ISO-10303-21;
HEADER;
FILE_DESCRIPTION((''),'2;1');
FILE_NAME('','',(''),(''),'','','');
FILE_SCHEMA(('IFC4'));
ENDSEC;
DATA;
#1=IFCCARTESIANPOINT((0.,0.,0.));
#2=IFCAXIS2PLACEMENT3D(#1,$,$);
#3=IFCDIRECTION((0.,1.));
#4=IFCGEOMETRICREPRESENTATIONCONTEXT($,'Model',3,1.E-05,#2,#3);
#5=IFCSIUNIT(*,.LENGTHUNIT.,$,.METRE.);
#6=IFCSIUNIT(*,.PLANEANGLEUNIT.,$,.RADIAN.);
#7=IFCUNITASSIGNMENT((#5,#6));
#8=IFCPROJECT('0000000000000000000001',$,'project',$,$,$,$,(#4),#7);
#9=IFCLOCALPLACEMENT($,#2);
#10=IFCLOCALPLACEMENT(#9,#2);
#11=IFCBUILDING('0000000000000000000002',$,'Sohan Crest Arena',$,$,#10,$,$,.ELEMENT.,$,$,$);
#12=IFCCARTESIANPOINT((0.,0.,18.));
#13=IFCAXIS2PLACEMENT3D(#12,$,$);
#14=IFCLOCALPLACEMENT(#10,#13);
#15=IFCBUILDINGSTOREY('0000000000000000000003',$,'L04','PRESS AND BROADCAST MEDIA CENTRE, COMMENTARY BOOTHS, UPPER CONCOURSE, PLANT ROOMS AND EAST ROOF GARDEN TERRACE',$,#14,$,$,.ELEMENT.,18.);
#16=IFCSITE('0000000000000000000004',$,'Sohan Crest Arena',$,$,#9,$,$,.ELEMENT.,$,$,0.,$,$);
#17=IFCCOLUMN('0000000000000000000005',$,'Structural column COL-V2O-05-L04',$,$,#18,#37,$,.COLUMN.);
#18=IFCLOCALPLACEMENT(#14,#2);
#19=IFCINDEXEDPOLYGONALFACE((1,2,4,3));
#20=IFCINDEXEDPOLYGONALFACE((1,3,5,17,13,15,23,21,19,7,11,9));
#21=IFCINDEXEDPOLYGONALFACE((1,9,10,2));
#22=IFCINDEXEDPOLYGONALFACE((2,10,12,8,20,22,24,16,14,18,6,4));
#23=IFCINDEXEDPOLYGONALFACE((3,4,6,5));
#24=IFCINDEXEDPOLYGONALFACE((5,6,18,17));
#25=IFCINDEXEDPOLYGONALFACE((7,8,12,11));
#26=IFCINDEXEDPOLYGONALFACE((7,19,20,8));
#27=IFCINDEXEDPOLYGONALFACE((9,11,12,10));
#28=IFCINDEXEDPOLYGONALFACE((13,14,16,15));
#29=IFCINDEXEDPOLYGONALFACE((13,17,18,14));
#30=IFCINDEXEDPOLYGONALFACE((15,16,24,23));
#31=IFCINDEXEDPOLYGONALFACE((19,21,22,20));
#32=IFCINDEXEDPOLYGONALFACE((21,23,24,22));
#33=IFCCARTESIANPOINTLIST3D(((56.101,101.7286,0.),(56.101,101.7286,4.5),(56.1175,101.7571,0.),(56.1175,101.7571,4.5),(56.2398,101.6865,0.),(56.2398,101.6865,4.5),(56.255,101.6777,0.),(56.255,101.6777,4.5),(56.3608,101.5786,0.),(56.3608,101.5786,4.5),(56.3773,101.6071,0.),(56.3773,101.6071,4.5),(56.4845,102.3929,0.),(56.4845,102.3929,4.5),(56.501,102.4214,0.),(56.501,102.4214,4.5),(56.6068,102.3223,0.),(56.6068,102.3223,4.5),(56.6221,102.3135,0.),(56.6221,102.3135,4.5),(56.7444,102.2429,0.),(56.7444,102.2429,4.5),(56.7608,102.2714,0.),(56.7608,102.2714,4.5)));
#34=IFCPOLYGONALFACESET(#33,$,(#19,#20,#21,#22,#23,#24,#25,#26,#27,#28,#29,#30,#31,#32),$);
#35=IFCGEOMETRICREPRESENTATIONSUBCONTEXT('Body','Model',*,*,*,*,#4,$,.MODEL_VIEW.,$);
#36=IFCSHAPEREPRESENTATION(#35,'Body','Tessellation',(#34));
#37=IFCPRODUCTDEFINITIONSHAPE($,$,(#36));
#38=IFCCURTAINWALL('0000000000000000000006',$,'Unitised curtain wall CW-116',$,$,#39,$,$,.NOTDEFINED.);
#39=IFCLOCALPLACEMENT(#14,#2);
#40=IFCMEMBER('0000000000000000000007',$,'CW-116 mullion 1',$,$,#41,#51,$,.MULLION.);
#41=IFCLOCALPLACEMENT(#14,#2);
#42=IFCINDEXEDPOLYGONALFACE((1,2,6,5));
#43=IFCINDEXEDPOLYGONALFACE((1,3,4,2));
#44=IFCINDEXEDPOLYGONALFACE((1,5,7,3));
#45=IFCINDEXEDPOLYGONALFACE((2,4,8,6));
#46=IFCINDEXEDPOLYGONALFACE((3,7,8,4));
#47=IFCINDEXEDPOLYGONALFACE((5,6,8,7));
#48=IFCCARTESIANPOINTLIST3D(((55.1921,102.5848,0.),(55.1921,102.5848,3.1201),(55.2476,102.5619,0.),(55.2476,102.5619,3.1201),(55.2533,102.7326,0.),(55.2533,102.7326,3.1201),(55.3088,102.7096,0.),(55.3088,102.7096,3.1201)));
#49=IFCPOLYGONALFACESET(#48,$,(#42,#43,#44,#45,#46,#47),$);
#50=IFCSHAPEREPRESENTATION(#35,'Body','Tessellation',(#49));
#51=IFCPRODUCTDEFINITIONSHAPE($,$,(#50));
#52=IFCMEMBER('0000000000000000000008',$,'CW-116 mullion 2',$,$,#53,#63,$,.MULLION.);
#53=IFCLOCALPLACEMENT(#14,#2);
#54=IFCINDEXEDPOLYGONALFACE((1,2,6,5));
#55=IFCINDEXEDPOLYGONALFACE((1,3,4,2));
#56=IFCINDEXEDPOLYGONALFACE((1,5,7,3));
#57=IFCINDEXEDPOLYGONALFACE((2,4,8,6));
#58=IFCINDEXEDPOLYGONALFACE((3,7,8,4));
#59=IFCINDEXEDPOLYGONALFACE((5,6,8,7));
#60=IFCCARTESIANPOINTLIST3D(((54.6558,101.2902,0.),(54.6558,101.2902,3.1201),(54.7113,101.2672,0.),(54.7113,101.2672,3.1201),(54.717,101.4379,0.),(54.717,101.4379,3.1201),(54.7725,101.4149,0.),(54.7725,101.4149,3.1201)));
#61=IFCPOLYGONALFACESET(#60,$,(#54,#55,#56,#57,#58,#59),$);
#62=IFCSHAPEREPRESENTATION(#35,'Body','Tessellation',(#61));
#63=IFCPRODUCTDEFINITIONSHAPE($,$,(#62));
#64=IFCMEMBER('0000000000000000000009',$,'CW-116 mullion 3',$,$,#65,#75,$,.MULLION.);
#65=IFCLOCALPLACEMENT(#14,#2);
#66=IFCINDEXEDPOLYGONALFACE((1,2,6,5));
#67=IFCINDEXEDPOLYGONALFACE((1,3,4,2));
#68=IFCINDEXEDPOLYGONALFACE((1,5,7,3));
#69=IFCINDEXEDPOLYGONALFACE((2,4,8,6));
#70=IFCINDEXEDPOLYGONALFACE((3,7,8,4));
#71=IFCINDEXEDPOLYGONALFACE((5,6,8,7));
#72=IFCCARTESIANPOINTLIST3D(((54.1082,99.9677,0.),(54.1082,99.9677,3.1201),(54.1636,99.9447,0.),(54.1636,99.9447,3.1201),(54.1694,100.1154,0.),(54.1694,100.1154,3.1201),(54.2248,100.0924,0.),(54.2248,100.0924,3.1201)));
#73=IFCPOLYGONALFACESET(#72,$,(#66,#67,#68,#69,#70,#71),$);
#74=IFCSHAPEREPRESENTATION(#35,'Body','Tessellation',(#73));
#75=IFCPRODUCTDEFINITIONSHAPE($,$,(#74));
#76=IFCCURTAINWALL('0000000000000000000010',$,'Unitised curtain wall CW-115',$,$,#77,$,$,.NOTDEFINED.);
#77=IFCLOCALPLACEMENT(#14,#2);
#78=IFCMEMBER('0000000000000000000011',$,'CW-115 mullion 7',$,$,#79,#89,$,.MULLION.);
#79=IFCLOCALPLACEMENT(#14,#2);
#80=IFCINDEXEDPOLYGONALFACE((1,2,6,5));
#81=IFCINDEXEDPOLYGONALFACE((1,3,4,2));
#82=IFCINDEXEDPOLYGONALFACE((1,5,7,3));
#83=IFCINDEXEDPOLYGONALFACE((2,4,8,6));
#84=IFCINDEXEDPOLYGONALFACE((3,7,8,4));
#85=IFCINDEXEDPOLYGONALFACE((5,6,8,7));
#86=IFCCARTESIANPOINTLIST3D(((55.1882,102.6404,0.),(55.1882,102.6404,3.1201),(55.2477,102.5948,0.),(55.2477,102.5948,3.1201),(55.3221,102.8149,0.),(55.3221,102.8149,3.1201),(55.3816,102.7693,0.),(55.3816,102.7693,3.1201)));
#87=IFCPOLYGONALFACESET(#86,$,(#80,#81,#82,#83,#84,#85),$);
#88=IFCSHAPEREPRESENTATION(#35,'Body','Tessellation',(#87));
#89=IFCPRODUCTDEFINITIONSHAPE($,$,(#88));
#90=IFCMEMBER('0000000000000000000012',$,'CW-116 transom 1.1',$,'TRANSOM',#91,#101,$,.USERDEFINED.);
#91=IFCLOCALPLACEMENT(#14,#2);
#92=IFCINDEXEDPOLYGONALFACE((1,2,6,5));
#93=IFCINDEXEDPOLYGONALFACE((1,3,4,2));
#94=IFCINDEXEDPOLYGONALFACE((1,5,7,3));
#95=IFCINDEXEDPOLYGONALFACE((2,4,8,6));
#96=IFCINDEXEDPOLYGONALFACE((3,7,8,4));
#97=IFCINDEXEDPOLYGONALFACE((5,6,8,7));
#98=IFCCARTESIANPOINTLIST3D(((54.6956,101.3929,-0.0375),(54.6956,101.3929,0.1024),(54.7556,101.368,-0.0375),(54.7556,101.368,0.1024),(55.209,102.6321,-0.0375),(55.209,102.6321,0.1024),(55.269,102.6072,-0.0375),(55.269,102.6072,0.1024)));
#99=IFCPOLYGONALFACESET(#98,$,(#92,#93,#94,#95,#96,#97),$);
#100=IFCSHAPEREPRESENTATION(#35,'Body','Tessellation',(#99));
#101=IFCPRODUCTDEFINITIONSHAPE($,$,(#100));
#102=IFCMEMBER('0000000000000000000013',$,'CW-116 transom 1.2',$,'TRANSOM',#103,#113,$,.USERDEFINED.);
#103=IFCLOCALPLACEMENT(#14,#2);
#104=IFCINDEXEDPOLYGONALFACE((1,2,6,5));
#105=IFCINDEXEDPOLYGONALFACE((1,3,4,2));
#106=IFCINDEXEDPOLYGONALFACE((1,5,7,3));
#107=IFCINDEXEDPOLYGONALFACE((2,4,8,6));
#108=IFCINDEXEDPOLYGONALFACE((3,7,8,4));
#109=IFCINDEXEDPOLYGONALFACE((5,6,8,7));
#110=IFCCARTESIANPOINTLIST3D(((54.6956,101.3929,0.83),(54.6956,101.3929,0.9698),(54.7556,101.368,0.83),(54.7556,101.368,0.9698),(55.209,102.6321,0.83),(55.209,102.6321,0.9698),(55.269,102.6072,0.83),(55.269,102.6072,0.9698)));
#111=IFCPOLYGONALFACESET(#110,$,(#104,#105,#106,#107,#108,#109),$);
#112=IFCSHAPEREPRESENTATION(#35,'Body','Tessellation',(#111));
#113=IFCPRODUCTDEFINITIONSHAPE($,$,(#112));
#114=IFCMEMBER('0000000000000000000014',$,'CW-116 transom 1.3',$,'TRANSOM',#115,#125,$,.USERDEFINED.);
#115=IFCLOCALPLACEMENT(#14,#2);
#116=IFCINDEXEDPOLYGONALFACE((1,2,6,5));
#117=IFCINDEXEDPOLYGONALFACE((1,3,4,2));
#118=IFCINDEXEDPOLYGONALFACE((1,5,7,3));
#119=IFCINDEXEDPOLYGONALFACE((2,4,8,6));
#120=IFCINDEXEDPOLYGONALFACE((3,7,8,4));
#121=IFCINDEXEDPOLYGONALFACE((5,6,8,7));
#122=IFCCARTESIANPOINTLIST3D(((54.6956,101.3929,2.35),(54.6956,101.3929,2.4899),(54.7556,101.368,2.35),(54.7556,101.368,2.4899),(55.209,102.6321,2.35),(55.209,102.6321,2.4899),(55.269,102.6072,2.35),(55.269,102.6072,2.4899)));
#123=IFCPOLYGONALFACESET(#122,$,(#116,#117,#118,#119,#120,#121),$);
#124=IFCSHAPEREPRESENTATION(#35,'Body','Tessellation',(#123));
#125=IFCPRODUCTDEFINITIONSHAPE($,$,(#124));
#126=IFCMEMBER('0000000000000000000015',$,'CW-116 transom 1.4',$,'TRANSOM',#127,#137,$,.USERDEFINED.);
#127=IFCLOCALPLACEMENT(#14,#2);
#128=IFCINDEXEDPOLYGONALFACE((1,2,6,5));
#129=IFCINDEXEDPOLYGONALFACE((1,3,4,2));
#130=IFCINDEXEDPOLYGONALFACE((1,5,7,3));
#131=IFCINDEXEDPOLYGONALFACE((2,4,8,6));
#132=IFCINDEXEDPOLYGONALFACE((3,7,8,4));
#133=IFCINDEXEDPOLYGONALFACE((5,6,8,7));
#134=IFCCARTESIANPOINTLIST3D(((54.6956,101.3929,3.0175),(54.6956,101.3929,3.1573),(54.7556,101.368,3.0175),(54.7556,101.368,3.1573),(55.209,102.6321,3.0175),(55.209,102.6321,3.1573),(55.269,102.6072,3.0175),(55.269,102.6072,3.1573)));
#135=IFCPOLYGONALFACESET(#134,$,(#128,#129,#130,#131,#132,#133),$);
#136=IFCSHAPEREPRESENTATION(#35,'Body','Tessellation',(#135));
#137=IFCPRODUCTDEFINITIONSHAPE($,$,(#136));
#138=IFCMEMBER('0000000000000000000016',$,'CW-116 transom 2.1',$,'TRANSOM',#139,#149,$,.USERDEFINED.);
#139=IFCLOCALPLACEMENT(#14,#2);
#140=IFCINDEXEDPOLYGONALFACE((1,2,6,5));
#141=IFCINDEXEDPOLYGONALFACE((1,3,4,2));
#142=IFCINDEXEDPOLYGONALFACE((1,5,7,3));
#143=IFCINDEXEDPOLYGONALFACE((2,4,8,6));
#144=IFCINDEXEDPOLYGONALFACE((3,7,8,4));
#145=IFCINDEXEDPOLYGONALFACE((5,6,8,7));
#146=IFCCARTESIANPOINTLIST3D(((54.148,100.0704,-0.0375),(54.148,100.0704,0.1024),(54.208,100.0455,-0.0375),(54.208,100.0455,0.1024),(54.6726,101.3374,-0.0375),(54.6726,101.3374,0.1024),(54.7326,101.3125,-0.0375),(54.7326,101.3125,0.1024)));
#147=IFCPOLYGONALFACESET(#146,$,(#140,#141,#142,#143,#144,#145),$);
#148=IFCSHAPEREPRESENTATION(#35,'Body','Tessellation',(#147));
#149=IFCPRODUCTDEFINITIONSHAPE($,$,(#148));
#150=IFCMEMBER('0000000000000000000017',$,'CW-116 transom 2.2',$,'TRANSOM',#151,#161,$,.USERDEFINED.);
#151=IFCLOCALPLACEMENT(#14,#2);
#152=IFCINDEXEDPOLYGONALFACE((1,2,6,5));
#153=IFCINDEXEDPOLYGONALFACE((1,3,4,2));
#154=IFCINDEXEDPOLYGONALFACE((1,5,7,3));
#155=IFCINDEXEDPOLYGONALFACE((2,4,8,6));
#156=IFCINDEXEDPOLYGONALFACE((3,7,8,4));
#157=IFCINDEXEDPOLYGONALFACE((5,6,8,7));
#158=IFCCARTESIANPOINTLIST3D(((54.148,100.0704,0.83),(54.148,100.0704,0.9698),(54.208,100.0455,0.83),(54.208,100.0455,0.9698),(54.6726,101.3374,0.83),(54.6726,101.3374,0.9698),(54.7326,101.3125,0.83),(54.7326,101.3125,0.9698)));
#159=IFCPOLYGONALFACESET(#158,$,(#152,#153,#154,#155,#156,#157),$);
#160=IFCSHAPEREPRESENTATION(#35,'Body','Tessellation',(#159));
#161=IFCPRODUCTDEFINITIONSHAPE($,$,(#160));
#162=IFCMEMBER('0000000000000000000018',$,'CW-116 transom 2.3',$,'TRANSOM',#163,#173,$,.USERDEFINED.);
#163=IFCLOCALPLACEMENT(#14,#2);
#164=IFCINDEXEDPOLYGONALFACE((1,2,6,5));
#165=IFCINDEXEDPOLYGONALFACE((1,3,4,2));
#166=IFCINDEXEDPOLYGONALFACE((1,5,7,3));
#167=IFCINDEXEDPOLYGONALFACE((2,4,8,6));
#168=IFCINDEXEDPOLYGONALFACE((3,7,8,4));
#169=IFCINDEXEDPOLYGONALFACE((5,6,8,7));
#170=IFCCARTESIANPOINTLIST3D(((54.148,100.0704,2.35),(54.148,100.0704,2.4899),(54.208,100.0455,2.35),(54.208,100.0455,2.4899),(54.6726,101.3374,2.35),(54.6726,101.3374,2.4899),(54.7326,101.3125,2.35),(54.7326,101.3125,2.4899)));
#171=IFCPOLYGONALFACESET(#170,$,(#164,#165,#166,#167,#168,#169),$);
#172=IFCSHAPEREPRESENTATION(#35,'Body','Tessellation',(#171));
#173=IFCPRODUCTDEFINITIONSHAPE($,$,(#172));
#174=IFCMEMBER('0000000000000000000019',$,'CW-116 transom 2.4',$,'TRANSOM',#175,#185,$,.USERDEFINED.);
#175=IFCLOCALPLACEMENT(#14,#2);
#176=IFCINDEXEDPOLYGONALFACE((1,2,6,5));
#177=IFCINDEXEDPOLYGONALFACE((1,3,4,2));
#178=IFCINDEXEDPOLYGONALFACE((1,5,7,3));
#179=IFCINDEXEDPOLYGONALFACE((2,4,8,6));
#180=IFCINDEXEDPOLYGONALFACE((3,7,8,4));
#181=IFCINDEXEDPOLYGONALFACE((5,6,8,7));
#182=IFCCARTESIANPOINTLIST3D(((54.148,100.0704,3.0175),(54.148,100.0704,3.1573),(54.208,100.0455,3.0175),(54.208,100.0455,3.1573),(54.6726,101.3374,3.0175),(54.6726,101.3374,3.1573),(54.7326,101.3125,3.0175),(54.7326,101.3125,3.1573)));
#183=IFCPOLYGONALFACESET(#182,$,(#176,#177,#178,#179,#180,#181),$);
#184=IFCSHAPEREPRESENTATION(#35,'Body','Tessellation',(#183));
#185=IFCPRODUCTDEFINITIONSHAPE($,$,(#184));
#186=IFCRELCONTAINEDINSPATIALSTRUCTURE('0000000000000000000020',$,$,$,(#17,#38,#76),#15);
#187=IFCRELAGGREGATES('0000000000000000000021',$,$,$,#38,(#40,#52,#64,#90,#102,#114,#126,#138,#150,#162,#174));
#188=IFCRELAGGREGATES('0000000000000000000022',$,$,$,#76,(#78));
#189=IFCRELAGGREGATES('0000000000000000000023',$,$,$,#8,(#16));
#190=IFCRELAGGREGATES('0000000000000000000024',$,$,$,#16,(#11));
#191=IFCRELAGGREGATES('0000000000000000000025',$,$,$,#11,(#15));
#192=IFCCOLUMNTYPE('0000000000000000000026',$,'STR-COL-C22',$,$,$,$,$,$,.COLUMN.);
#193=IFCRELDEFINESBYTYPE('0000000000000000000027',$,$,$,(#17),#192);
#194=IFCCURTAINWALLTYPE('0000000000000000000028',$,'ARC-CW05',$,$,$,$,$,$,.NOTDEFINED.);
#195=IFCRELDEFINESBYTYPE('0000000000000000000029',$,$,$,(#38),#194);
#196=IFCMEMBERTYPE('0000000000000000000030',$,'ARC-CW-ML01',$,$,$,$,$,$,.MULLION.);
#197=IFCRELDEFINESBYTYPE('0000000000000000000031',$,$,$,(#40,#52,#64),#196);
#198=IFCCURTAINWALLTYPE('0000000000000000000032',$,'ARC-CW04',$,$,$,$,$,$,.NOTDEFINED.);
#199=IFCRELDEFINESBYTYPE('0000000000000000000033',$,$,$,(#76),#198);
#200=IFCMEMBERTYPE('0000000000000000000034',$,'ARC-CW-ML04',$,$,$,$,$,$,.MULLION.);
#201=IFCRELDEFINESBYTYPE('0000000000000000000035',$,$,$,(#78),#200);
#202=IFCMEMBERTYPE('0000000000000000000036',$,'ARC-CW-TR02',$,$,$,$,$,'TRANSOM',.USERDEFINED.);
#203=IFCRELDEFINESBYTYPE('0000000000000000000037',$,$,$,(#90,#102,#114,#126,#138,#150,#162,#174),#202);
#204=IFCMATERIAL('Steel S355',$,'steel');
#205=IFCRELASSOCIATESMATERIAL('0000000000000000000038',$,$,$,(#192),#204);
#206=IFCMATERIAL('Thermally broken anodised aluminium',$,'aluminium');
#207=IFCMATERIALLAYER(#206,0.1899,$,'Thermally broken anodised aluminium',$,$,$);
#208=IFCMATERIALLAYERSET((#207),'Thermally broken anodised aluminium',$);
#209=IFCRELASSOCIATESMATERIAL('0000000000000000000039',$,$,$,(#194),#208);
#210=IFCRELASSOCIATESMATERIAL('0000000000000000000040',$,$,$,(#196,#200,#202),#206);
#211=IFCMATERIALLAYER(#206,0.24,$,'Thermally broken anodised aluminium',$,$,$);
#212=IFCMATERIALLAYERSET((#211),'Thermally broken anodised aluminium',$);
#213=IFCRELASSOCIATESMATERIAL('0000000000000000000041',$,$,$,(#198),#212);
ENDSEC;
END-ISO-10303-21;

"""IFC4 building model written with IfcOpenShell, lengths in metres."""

from ifc_helpers import new_model, si_unit, direction, frame, origin, origin_2d, place, context, subcontext, project, spatial, rectangle, i_section, extrude, material, layer, layer_set, material_profile, profile_set, type_object, element, aggregate, save


model = new_model("IFC4")

# Units and contexts
model_context = context("Model", 3, precision=1e-05, world=origin(), true_north=direction((0.0, 1.0)))
body_context = subcontext(model_context, "Body", "Model", "MODEL_VIEW")
ifc_project = project(units=[si_unit("LENGTHUNIT", "METRE"), si_unit("PLANEANGLEUNIT", "RADIAN")], contexts=[model_context])

# Site, building, storey
site_placement = place(None, origin())
site = spatial("IfcSite", under=ifc_project, at=site_placement, Name="Sohan Crest Arena", CompositionType="ELEMENT", RefElevation=0.0)
building_placement = place(site_placement, origin())
building = spatial("IfcBuilding", under=site, at=building_placement, Name="Sohan Crest Arena", CompositionType="ELEMENT")
storey_placement = place(building_placement, frame((0.0, 0.0, 18.0)))
storey = spatial("IfcBuildingStorey", under=building, at=storey_placement, Name="L04", Description="PRESS AND BROADCAST MEDIA CENTRE, COMMENTARY BOOTHS, UPPER CONCOURSE, PLANT ROOMS AND EAST ROOF GARDEN TERRACE", CompositionType="ELEMENT", Elevation=18.0)

# Column
ifc_material_1 = material(Name="Steel S355", Category="steel")
ifc_material_profile_1 = material_profile(ifc_material_1, i_section(OverallWidth=0.3, OverallDepth=0.8, WebThickness=0.0176, FlangeThickness=0.033, at=origin_2d()), Name="HEB 800")
ifc_profile_set_1 = profile_set([ifc_material_profile_1], Name="Steel S355")
column_type = type_object("IfcColumnType", Name="STR-COL-C22", PredefinedType="COLUMN", material=ifc_profile_set_1)
column_placement = place(storey_placement, frame((56.4309, 102.0, 0.0), z_axis=(0.0, 0.0, 1.0), x_axis=(-0.866025, 0.5, 0.0)))
element("IfcColumn", 1, at=column_placement, inside=storey, type_object=column_type, Name="Structural column COL-V2O-05-L04", PredefinedType="COLUMN", context=body_context, shape_type="SweptSolid", body=[
    extrude(i_section(OverallWidth=0.3, OverallDepth=0.8, WebThickness=0.0176, FlangeThickness=0.033, at=origin_2d()), origin(), (0.0, 0.0, 1.0), 4.5),
])

# Curtain wall, members
ifc_material_2 = material(Name="Thermally broken anodised aluminium", Category="aluminium")
ifc_layer_1 = layer(ifc_material_2, 0.1899, Name="Thermally broken anodised aluminium")
ifc_layer_set_1 = layer_set([ifc_layer_1], Name="Thermally broken anodised aluminium")
curtain_wall_type_1 = type_object("IfcCurtainWallType", Name="ARC-CW05", PredefinedType="NOTDEFINED", material=ifc_layer_set_1)
curtain_wall_1_placement = place(storey_placement, origin())
curtain_wall_1 = element("IfcCurtainWall", 2, at=curtain_wall_1_placement, inside=storey, type_object=curtain_wall_type_1, Name="Unitised curtain wall CW-116", PredefinedType="NOTDEFINED")
ifc_material_profile_2 = material_profile(ifc_material_2, rectangle(XDim=0.0601, YDim=0.1599, at=origin_2d()), Name="ALU-MULL 60x160")
ifc_profile_set_2 = profile_set([ifc_material_profile_2], Name="Thermally broken anodised aluminium")
member_type_1 = type_object("IfcMemberType", Name="ARC-CW-ML01", PredefinedType="MULLION", material=ifc_profile_set_2)
member_1_placement = place(storey_placement, frame((55.2505, 102.6472, 0.0), z_axis=(0.0, 0.0, 1.0), x_axis=(0.923879, -0.382685, 0.0)))
member_1 = element("IfcMember", 3, at=member_1_placement, type_object=member_type_1, Name="CW-116 mullion 1", PredefinedType="MULLION", context=body_context, shape_type="SweptSolid", body=[
    extrude(rectangle(XDim=0.0601, YDim=0.1599, at=origin_2d()), origin(), (0.0, 0.0, 1.0), 3.1201),
])
member_2_placement = place(storey_placement, frame((54.7141, 101.3525, 0.0), z_axis=(0.0, 0.0, 1.0), x_axis=(0.923879, -0.382685, 0.0)))
member_2 = element("IfcMember", 4, at=member_2_placement, type_object=member_type_1, Name="CW-116 mullion 2", PredefinedType="MULLION", context=body_context, shape_type="SweptSolid", body=[
    extrude(rectangle(XDim=0.0601, YDim=0.1599, at=origin_2d()), origin(), (0.0, 0.0, 1.0), 3.1201),
])
member_3_placement = place(storey_placement, frame((54.1665, 100.03, 0.0), z_axis=(0.0, 0.0, 1.0), x_axis=(0.923879, -0.382685, 0.0)))
member_3 = element("IfcMember", 5, at=member_3_placement, type_object=member_type_1, Name="CW-116 mullion 3", PredefinedType="MULLION", context=body_context, shape_type="SweptSolid", body=[
    extrude(rectangle(XDim=0.0601, YDim=0.1599, at=origin_2d()), origin(), (0.0, 0.0, 1.0), 3.1201),
])

# Curtain wall, member
ifc_layer_2 = layer(ifc_material_2, 0.24, Name="Thermally broken anodised aluminium")
ifc_layer_set_2 = layer_set([ifc_layer_2], Name="Thermally broken anodised aluminium")
curtain_wall_type_2 = type_object("IfcCurtainWallType", Name="ARC-CW04", PredefinedType="NOTDEFINED", material=ifc_layer_set_2)
curtain_wall_2_placement = place(storey_placement, origin())
curtain_wall_2 = element("IfcCurtainWall", 6, at=curtain_wall_2_placement, inside=storey, type_object=curtain_wall_type_2, Name="Unitised curtain wall CW-115", PredefinedType="NOTDEFINED")
ifc_material_profile_3 = material_profile(ifc_material_2, rectangle(XDim=0.075, YDim=0.22, at=origin_2d()), Name="ALU-MULL 75x220")
ifc_profile_set_3 = profile_set([ifc_material_profile_3], Name="Thermally broken anodised aluminium")
member_type_2 = type_object("IfcMemberType", Name="ARC-CW-ML04", PredefinedType="MULLION", material=ifc_profile_set_3)
member_4_placement = place(storey_placement, frame((55.2849, 102.7048, 0.0), z_axis=(0.0, 0.0, 1.0), x_axis=(0.793385, -0.60872, 0.0)))
member_4 = element("IfcMember", 7, at=member_4_placement, type_object=member_type_2, Name="CW-115 mullion 7", PredefinedType="MULLION", context=body_context, shape_type="SweptSolid", body=[
    extrude(rectangle(XDim=0.075, YDim=0.22, at=origin_2d()), origin(), (0.0, 0.0, 1.0), 3.1201),
])

# Members
ifc_material_profile_4 = material_profile(ifc_material_2, rectangle(XDim=0.0649, YDim=0.1399, at=origin_2d()), Name="ALU-TRAN 65x140")
ifc_profile_set_4 = profile_set([ifc_material_profile_4], Name="Thermally broken anodised aluminium")
member_type_3 = type_object("IfcMemberType", Name="ARC-CW-TR02", ElementType="TRANSOM", PredefinedType="USERDEFINED", material=ifc_profile_set_4)
member_5_placement = place(storey_placement, frame((55.239, 102.6196, 0.0325), z_axis=(-0.382754, -0.92385, 0.0), x_axis=(0.92385, -0.382754, 0.0)))
member_5 = element("IfcMember", 8, at=member_5_placement, type_object=member_type_3, Name="CW-116 transom 1.1", ObjectType="TRANSOM", PredefinedType="USERDEFINED", context=body_context, shape_type="SweptSolid", body=[
    extrude(rectangle(XDim=0.0649, YDim=0.1399, at=origin_2d()), origin(), (0.0, 0.0, 1.0), 1.3413),
])
member_6_placement = place(storey_placement, frame((55.239, 102.6196, 0.8999), z_axis=(-0.382754, -0.92385, 0.0), x_axis=(0.92385, -0.382754, 0.0)))
member_6 = element("IfcMember", 9, at=member_6_placement, type_object=member_type_3, Name="CW-116 transom 1.2", ObjectType="TRANSOM", PredefinedType="USERDEFINED", context=body_context, shape_type="SweptSolid", body=[
    extrude(rectangle(XDim=0.0649, YDim=0.1399, at=origin_2d()), origin(), (0.0, 0.0, 1.0), 1.3413),
])
member_7_placement = place(storey_placement, frame((55.239, 102.6196, 2.4199), z_axis=(-0.382754, -0.92385, 0.0), x_axis=(0.92385, -0.382754, 0.0)))
member_7 = element("IfcMember", 10, at=member_7_placement, type_object=member_type_3, Name="CW-116 transom 1.3", ObjectType="TRANSOM", PredefinedType="USERDEFINED", context=body_context, shape_type="SweptSolid", body=[
    extrude(rectangle(XDim=0.0649, YDim=0.1399, at=origin_2d()), origin(), (0.0, 0.0, 1.0), 1.3413),
])
member_8_placement = place(storey_placement, frame((55.239, 102.6196, 3.0874), z_axis=(-0.382754, -0.92385, 0.0), x_axis=(0.92385, -0.382754, 0.0)))
member_8 = element("IfcMember", 11, at=member_8_placement, type_object=member_type_3, Name="CW-116 transom 1.4", ObjectType="TRANSOM", PredefinedType="USERDEFINED", context=body_context, shape_type="SweptSolid", body=[
    extrude(rectangle(XDim=0.0649, YDim=0.1399, at=origin_2d()), origin(), (0.0, 0.0, 1.0), 1.3413),
])
member_9_placement = place(storey_placement, frame((54.7026, 101.325, 0.0325), z_axis=(-0.382567, -0.923928, 0.0), x_axis=(0.923928, -0.382567, 0.0)))
member_9 = element("IfcMember", 12, at=member_9_placement, type_object=member_type_3, Name="CW-116 transom 2.1", ObjectType="TRANSOM", PredefinedType="USERDEFINED", context=body_context, shape_type="SweptSolid", body=[
    extrude(rectangle(XDim=0.0649, YDim=0.1399, at=origin_2d()), origin(), (0.0, 0.0, 1.0), 1.3713),
])
member_10_placement = place(storey_placement, frame((54.7026, 101.325, 0.8999), z_axis=(-0.382567, -0.923928, 0.0), x_axis=(0.923928, -0.382567, 0.0)))
member_10 = element("IfcMember", 13, at=member_10_placement, type_object=member_type_3, Name="CW-116 transom 2.2", ObjectType="TRANSOM", PredefinedType="USERDEFINED", context=body_context, shape_type="SweptSolid", body=[
    extrude(rectangle(XDim=0.0649, YDim=0.1399, at=origin_2d()), origin(), (0.0, 0.0, 1.0), 1.3713),
])
member_11_placement = place(storey_placement, frame((54.7026, 101.325, 2.4199), z_axis=(-0.382567, -0.923928, 0.0), x_axis=(0.923928, -0.382567, 0.0)))
member_11 = element("IfcMember", 14, at=member_11_placement, type_object=member_type_3, Name="CW-116 transom 2.3", ObjectType="TRANSOM", PredefinedType="USERDEFINED", context=body_context, shape_type="SweptSolid", body=[
    extrude(rectangle(XDim=0.0649, YDim=0.1399, at=origin_2d()), origin(), (0.0, 0.0, 1.0), 1.3713),
])
member_12_placement = place(storey_placement, frame((54.7026, 101.325, 3.0874), z_axis=(-0.382567, -0.923928, 0.0), x_axis=(0.923928, -0.382567, 0.0)))
member_12 = element("IfcMember", 15, at=member_12_placement, type_object=member_type_3, Name="CW-116 transom 2.4", ObjectType="TRANSOM", PredefinedType="USERDEFINED", context=body_context, shape_type="SweptSolid", body=[
    extrude(rectangle(XDim=0.0649, YDim=0.1399, at=origin_2d()), origin(), (0.0, 0.0, 1.0), 1.3713),
])

aggregate(curtain_wall_1, [member_1, member_2, member_3, member_5, member_6, member_7, member_8, member_9, member_10, member_11, member_12])
aggregate(curtain_wall_2, [member_4])

save(model, "model.ifc")
